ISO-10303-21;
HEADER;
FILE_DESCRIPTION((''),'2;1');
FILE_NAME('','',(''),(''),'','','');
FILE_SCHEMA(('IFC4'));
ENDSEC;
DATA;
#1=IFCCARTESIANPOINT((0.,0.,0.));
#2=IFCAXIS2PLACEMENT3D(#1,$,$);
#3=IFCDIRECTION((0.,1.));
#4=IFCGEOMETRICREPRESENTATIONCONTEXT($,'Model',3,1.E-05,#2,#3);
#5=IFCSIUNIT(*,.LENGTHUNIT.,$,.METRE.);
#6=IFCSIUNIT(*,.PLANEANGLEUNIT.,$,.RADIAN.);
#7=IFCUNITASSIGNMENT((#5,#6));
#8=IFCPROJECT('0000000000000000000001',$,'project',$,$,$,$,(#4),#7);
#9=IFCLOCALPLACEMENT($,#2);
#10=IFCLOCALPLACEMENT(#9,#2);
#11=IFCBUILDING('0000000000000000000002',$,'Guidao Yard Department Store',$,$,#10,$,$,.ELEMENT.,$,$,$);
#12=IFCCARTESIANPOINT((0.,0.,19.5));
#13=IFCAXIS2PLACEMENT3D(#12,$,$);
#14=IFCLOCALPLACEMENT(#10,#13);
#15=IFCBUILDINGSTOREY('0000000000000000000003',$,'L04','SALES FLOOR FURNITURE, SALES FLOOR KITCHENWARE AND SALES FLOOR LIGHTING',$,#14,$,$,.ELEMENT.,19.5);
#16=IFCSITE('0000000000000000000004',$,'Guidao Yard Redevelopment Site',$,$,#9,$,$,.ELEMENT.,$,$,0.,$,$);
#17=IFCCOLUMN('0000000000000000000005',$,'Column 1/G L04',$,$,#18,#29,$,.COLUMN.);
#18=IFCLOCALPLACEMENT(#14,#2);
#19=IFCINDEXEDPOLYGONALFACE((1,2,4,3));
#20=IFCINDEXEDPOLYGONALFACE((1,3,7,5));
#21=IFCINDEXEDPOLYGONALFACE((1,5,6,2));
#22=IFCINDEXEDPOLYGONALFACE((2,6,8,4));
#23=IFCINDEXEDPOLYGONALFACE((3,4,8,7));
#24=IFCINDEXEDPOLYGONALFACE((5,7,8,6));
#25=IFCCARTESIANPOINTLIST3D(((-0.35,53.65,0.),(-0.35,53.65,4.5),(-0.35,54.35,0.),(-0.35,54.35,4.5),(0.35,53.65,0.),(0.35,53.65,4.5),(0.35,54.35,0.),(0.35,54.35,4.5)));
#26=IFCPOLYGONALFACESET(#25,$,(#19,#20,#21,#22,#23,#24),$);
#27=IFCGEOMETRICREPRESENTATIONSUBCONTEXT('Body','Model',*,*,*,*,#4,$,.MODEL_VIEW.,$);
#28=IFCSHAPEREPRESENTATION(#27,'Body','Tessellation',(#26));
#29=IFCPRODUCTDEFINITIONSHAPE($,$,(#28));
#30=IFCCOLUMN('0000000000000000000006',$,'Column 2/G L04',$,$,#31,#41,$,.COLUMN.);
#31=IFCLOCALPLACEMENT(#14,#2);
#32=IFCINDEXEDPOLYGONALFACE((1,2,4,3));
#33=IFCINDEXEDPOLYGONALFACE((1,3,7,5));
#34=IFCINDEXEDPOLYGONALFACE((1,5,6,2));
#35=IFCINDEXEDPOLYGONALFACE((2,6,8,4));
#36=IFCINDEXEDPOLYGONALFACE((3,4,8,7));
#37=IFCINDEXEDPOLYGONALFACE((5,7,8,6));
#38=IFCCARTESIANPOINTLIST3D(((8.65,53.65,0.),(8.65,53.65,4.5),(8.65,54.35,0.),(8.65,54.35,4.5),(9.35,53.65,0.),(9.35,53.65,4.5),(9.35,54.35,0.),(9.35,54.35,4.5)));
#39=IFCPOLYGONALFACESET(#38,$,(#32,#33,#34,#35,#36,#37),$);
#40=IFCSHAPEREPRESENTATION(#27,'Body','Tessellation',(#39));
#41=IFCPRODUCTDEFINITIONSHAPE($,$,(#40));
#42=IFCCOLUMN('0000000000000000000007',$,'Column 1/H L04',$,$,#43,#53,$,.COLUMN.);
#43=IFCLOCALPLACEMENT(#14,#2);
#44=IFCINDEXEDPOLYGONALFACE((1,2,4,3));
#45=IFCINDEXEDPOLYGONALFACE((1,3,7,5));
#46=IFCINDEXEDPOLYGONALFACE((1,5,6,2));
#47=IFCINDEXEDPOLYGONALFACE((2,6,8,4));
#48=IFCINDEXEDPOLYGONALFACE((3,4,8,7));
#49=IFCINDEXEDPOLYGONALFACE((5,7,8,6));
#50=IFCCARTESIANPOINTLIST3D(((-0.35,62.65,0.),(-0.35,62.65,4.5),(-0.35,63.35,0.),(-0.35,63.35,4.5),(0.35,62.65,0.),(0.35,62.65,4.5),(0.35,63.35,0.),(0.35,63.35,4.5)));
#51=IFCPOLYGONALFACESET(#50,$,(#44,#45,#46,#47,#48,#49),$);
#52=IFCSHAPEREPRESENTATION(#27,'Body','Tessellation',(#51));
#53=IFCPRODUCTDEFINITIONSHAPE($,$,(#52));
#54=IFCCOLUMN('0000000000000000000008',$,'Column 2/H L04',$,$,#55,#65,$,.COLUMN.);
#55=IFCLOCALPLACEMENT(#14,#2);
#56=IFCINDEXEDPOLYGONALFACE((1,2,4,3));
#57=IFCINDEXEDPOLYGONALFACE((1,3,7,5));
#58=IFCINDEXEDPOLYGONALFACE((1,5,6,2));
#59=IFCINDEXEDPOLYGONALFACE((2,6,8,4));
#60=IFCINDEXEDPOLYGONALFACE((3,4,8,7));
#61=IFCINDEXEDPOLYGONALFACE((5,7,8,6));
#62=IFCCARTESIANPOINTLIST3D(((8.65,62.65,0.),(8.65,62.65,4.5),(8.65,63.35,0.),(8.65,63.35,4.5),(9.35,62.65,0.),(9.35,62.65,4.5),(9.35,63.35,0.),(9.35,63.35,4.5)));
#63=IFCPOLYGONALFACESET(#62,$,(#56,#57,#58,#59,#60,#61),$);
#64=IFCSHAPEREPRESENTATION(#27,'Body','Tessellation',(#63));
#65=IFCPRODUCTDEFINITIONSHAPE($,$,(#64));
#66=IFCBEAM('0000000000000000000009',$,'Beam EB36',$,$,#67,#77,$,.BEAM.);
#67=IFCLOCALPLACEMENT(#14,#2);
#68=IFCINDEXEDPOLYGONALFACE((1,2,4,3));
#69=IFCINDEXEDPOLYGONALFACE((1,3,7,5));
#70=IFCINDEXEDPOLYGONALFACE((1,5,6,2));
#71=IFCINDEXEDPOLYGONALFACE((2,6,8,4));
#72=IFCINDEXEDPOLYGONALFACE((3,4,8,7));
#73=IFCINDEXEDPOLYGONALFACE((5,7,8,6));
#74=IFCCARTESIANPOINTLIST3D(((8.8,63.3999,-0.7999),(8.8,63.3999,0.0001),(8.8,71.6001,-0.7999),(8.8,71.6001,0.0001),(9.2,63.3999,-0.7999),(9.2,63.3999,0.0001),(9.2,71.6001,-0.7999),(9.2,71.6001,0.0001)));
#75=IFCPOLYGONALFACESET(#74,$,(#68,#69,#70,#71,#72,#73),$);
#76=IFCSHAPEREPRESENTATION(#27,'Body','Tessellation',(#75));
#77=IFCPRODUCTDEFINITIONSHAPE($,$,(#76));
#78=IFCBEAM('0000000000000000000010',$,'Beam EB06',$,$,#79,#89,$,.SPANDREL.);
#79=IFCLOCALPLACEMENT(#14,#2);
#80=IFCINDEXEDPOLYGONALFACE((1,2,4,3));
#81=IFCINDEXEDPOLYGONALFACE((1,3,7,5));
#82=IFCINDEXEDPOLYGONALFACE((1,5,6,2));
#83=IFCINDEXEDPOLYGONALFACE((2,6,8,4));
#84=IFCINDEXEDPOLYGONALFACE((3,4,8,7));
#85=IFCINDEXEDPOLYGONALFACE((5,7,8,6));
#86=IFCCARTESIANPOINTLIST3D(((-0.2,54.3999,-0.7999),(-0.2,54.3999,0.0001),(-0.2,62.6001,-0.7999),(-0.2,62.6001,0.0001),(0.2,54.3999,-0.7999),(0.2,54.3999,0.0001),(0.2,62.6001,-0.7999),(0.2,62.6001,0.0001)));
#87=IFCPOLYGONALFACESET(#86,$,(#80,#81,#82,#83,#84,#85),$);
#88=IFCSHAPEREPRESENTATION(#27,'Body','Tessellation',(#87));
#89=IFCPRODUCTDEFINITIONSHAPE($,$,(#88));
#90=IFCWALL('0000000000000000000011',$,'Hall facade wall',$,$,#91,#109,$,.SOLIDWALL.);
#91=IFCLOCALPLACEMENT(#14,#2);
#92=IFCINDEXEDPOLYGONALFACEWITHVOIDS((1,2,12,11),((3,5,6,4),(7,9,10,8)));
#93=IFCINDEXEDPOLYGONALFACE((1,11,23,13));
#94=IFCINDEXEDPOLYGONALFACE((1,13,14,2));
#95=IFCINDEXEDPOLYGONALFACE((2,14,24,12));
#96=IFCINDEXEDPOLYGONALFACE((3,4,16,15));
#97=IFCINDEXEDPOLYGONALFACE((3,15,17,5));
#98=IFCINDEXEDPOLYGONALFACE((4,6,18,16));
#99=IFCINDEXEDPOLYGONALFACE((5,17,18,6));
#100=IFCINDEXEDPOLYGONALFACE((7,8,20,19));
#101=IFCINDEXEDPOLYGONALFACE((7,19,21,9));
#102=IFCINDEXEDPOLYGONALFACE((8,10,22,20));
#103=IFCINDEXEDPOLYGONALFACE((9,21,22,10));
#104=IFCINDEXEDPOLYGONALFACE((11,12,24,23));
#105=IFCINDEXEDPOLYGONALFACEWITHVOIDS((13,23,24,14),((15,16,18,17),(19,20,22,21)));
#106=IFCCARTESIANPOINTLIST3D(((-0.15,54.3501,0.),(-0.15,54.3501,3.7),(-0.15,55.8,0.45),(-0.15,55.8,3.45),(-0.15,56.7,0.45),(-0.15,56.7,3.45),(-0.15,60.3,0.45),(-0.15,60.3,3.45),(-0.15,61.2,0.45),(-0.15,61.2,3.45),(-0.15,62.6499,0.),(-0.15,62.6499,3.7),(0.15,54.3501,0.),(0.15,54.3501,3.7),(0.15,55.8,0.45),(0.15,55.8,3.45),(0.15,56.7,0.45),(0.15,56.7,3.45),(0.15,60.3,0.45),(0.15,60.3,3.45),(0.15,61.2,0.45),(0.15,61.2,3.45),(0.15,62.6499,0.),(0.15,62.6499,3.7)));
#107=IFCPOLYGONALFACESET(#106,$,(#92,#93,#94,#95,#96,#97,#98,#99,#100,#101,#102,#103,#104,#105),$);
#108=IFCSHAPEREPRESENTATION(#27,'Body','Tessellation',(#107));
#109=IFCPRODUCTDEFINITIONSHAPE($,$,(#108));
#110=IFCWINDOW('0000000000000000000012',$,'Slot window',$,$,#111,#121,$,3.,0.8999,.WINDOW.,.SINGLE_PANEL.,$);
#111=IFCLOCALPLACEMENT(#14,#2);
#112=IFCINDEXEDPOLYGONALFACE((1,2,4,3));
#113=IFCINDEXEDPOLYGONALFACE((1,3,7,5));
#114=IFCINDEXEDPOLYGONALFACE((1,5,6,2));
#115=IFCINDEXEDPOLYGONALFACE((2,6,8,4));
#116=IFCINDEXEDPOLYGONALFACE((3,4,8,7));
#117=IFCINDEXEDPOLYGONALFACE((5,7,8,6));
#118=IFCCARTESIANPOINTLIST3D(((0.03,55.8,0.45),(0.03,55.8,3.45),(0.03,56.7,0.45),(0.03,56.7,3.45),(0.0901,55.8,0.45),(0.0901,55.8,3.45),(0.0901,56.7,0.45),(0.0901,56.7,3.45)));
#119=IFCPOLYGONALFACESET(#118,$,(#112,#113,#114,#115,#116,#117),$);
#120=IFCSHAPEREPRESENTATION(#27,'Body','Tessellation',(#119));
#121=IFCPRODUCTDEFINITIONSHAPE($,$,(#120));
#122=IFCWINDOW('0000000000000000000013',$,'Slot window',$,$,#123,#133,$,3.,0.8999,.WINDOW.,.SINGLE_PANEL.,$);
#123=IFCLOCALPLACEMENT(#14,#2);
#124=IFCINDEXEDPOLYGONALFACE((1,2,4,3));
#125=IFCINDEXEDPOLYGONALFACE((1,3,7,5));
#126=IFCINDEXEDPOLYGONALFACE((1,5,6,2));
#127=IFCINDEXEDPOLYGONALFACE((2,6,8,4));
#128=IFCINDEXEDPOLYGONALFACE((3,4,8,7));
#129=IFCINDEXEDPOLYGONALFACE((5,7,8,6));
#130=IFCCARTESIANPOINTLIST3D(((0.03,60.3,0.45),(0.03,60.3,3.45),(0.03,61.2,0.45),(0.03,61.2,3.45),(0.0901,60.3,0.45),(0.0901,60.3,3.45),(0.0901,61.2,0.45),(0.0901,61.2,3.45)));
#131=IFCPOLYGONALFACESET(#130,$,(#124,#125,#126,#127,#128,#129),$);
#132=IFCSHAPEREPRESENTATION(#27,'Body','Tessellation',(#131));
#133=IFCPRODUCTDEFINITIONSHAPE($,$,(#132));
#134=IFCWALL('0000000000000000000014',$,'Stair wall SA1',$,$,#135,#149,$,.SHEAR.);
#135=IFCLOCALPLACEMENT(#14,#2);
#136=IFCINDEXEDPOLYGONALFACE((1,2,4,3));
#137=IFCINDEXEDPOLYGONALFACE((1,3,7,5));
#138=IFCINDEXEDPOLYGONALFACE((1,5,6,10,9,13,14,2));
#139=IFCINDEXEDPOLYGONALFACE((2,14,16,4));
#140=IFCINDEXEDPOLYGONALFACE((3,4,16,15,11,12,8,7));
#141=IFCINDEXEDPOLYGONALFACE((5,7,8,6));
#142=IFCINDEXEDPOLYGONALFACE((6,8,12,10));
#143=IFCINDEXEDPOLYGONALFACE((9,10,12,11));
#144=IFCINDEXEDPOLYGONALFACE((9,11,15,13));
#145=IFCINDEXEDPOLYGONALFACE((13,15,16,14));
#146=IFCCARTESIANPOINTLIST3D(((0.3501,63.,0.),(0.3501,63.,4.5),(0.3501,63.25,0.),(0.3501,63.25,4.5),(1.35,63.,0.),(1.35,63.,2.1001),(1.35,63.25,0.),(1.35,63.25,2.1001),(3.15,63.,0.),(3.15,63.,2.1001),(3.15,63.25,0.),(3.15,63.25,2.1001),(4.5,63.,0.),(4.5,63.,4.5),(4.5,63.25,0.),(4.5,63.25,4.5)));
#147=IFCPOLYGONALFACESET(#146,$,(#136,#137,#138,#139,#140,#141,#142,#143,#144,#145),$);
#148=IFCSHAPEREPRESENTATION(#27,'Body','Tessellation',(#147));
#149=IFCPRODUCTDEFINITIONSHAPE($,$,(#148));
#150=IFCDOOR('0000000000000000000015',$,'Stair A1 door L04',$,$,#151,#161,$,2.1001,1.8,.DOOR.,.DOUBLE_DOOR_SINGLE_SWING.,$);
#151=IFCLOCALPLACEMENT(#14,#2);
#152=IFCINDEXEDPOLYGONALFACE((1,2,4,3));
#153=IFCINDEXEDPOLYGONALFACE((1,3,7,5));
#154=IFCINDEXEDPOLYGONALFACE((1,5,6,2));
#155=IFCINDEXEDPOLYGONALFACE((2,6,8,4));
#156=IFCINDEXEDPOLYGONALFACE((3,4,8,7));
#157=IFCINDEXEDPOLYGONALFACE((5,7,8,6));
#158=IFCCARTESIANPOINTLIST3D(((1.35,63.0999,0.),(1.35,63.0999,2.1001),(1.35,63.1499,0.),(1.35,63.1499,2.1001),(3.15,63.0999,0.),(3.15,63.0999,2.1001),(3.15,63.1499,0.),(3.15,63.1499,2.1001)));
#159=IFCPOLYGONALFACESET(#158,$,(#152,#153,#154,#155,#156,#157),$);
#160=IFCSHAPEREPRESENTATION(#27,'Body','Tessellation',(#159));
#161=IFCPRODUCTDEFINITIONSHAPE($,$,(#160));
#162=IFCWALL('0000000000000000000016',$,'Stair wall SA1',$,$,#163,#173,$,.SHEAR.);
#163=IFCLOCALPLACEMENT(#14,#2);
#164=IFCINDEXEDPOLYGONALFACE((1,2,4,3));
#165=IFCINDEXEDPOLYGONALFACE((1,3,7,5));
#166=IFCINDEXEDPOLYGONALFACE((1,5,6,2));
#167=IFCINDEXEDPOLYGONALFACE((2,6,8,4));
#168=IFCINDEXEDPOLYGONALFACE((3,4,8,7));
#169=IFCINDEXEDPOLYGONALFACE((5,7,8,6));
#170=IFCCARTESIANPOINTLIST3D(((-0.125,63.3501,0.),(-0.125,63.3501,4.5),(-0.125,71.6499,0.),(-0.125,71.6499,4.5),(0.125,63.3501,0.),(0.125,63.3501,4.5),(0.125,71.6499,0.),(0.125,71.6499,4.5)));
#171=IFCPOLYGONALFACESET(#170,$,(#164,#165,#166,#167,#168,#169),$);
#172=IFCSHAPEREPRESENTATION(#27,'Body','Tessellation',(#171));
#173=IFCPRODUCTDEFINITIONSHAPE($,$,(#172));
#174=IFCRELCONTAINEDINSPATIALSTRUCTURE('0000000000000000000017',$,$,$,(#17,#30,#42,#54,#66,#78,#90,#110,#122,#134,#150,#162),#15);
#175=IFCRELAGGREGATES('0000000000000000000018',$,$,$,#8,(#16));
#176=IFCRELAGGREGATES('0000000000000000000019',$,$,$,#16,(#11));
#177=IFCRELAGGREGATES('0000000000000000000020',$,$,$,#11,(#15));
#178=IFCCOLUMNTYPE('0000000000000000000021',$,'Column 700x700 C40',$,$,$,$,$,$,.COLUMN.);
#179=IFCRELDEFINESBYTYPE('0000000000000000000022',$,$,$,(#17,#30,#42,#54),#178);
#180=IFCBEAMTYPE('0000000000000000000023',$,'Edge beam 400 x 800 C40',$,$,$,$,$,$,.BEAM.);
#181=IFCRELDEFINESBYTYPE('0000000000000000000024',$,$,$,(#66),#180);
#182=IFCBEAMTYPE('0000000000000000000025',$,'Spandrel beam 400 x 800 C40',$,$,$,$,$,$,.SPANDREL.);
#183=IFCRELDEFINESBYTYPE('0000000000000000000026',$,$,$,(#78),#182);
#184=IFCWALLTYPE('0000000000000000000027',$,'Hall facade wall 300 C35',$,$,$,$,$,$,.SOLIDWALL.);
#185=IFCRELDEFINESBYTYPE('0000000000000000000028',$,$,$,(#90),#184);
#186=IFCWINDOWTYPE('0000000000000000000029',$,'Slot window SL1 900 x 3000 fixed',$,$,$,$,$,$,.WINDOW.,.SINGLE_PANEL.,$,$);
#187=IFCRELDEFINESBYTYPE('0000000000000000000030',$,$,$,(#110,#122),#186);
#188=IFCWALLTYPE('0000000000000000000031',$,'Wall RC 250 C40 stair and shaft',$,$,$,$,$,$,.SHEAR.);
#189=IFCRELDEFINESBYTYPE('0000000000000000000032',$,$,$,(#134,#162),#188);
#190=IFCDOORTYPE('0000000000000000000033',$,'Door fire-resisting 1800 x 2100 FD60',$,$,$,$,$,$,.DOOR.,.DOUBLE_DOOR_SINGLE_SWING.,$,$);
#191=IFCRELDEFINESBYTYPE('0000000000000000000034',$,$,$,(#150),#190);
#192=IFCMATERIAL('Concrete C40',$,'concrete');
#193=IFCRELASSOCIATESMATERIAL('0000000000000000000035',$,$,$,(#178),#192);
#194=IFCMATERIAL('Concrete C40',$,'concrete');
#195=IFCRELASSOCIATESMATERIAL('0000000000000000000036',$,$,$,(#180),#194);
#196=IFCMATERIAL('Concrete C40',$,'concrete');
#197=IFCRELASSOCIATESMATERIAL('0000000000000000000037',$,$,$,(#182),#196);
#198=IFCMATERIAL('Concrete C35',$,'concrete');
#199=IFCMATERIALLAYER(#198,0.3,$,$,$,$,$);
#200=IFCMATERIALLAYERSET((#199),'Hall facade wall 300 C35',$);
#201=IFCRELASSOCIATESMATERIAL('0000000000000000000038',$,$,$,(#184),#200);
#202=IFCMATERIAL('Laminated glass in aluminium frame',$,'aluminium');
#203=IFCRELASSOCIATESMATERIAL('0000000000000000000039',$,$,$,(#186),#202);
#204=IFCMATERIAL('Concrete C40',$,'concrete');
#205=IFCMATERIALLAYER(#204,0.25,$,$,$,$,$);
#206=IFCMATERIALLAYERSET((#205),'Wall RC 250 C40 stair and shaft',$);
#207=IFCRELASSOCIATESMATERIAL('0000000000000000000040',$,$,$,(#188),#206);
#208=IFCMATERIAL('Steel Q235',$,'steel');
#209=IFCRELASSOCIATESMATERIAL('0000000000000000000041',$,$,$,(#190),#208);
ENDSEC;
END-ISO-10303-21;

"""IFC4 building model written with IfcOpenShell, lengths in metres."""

from ifc_helpers import new_model, si_unit, direction, frame, frame_2d, origin, origin_2d, place, context, subcontext, project, spatial, rectangle, extrude, material, layer, layer_set, material_profile, profile_set, type_object, element, fill, save


model = new_model("IFC4")

# Units and contexts
model_context = context("Model", 3, precision=1e-05, world=origin(), true_north=direction((0.0, 1.0)))
body_context = subcontext(model_context, "Body", "Model", "MODEL_VIEW")
ifc_project = project(units=[si_unit("LENGTHUNIT", "METRE"), si_unit("PLANEANGLEUNIT", "RADIAN")], contexts=[model_context])

# Site, building, storey
site_placement = place(None, origin())
site = spatial("IfcSite", under=ifc_project, at=site_placement, Name="Guidao Yard Redevelopment Site", CompositionType="ELEMENT", RefElevation=0.0)
building_placement = place(site_placement, origin())
building = spatial("IfcBuilding", under=site, at=building_placement, Name="Guidao Yard Department Store", CompositionType="ELEMENT")
storey_placement = place(building_placement, frame((0.0, 0.0, 19.5)))
storey = spatial("IfcBuildingStorey", under=building, at=storey_placement, Name="L04", Description="SALES FLOOR FURNITURE, SALES FLOOR KITCHENWARE AND SALES FLOOR LIGHTING", CompositionType="ELEMENT", Elevation=19.5)

# Columns
ifc_material_1 = material(Name="Concrete C40", Category="concrete")
ifc_material_profile_1 = material_profile(ifc_material_1, rectangle(XDim=0.7, YDim=0.7, at=origin_2d()), Name="COL 700x700")
ifc_profile_set_1 = profile_set([ifc_material_profile_1], Name="Concrete C40")
column_type = type_object("IfcColumnType", Name="Column 700x700 C40", PredefinedType="COLUMN", material=ifc_profile_set_1)
for number, where, z_axis, x_axis, name in (
    (1, (0.0, 54.0, 0.0), (0.0, 0.0, 1.0), (1.0, 0.0, 0.0), "Column 1/G L04"),
    (2, (9.0, 54.0, 0.0), (0.0, 0.0, 1.0), (1.0, 0.0, 0.0), "Column 2/G L04"),
    (3, (0.0, 63.0, 0.0), (0.0, 0.0, 1.0), (1.0, 0.0, 0.0), "Column 1/H L04"),
    (4, (9.0, 63.0, 0.0), (0.0, 0.0, 1.0), (1.0, 0.0, 0.0), "Column 2/H L04"),
):
    element("IfcColumn", number, at=place(storey_placement, frame(where, z_axis=z_axis, x_axis=x_axis)), inside=storey, type_object=column_type, Name=name, PredefinedType="COLUMN", context=body_context, shape_type="SweptSolid", body=[
        extrude(rectangle(XDim=0.7, YDim=0.7, at=origin_2d()), origin(), (0.0, 0.0, 1.0), 4.5),
    ])

# Beams
ifc_material_2 = material(Name="Concrete C40", Category="concrete")
ifc_material_profile_2 = material_profile(ifc_material_2, rectangle(XDim=0.3999, YDim=0.8, at=origin_2d()), Name="Edge beam 400 x 800 C40")
ifc_profile_set_2 = profile_set([ifc_material_profile_2], Name="Concrete C40")
beam_type_1 = type_object("IfcBeamType", Name="Edge beam 400 x 800 C40", PredefinedType="BEAM", material=ifc_profile_set_2)
beam_1_placement = place(storey_placement, frame((9.0, 63.3999, -0.3999), z_axis=(0.0, 1.0, 0.0), x_axis=(-1.0, 0.0, 0.0)))
element("IfcBeam", 5, at=beam_1_placement, inside=storey, type_object=beam_type_1, Name="Beam EB36", PredefinedType="BEAM", context=body_context, shape_type="SweptSolid", body=[
    extrude(rectangle(XDim=0.3999, YDim=0.8, at=origin_2d()), origin(), (0.0, 0.0, 1.0), 8.2002),
])
ifc_material_3 = material(Name="Concrete C40", Category="concrete")
ifc_material_profile_3 = material_profile(ifc_material_3, rectangle(XDim=0.3999, YDim=0.8, at=origin_2d()), Name="Spandrel beam 400 x 800 C40")
ifc_profile_set_3 = profile_set([ifc_material_profile_3], Name="Concrete C40")
beam_type_2 = type_object("IfcBeamType", Name="Spandrel beam 400 x 800 C40", PredefinedType="SPANDREL", material=ifc_profile_set_3)
beam_2_placement = place(storey_placement, frame((0.0, 54.3999, -0.3999), z_axis=(0.0, 1.0, 0.0), x_axis=(-1.0, 0.0, 0.0)))
element("IfcBeam", 6, at=beam_2_placement, inside=storey, type_object=beam_type_2, Name="Beam EB06", PredefinedType="SPANDREL", context=body_context, shape_type="SweptSolid", body=[
    extrude(rectangle(XDim=0.3999, YDim=0.8, at=origin_2d()), origin(), (0.0, 0.0, 1.0), 8.2002),
])

# Wall, openings, windows
ifc_material_4 = material(Name="Concrete C35", Category="concrete")
ifc_layer_1 = layer(ifc_material_4, 0.3)
ifc_layer_set_1 = layer_set([ifc_layer_1], Name="Hall facade wall 300 C35")
wall_type_1 = type_object("IfcWallType", Name="Hall facade wall 300 C35", PredefinedType="SOLIDWALL", material=ifc_layer_set_1)
wall_1_placement = place(storey_placement, frame((0.0, 54.3501, 0.0), z_axis=(0.0, 0.0, 1.0), x_axis=(0.0, 1.0, 0.0)))
wall_1 = element("IfcWall", 7, at=wall_1_placement, inside=storey, type_object=wall_type_1, Name="Hall facade wall", PredefinedType="SOLIDWALL", context=body_context, shape_type="SweptSolid", body=[
    extrude(rectangle(XDim=8.2998, YDim=0.3, at=frame_2d((4.1499, 0.0))), origin(), (0.0, 0.0, 1.0), 3.7),
])
opening_1_placement = place(wall_1_placement, frame((1.45, 0.0, 0.45)))
opening_1 = element("IfcOpeningElement", 8, at=opening_1_placement, cuts=wall_1, PredefinedType="OPENING", context=body_context, shape_type="SweptSolid", body=[
    extrude(rectangle(XDim=0.8999, YDim=3.0, at=frame_2d((0.45, 1.5))), frame((0.0, 0.1599, 0.0), z_axis=(0.0, -1.0, 0.0), x_axis=(1.0, 0.0, 0.0)), (0.0, 0.0, 1.0), 0.3201),
])
opening_2_placement = place(wall_1_placement, frame((5.95, 0.0, 0.45)))
opening_2 = element("IfcOpeningElement", 9, at=opening_2_placement, cuts=wall_1, PredefinedType="OPENING", context=body_context, shape_type="SweptSolid", body=[
    extrude(rectangle(XDim=0.8999, YDim=3.0, at=frame_2d((0.45, 1.5))), frame((0.0, 0.1599, 0.0), z_axis=(0.0, -1.0, 0.0), x_axis=(1.0, 0.0, 0.0)), (0.0, 0.0, 1.0), 0.3201),
])
ifc_material_5 = material(Name="Laminated glass in aluminium frame", Category="aluminium")
window_type = type_object("IfcWindowType", Name="Slot window SL1 900 x 3000 fixed", PartitioningType="SINGLE_PANEL", PredefinedType="WINDOW", material=ifc_material_5)
window_1_placement = place(opening_1_placement, origin())
window_1 = element("IfcWindow", 10, at=window_1_placement, inside=storey, type_object=window_type, Name="Slot window", OverallHeight=3.0, OverallWidth=0.8999, PartitioningType="SINGLE_PANEL", PredefinedType="WINDOW", context=body_context, shape_type="SweptSolid", body=[
    extrude(rectangle(XDim=0.8999, YDim=3.0, at=frame_2d((0.45, 1.5))), frame((0.0, -0.03, 0.0), z_axis=(0.0, -1.0, 0.0), x_axis=(1.0, 0.0, 0.0)), (0.0, 0.0, 1.0), 0.0601),
])
fill(opening_1, window_1)
window_2_placement = place(opening_2_placement, origin())
window_2 = element("IfcWindow", 11, at=window_2_placement, inside=storey, type_object=window_type, Name="Slot window", OverallHeight=3.0, OverallWidth=0.8999, PartitioningType="SINGLE_PANEL", PredefinedType="WINDOW", context=body_context, shape_type="SweptSolid", body=[
    extrude(rectangle(XDim=0.8999, YDim=3.0, at=frame_2d((0.45, 1.5))), frame((0.0, -0.03, 0.0), z_axis=(0.0, -1.0, 0.0), x_axis=(1.0, 0.0, 0.0)), (0.0, 0.0, 1.0), 0.0601),
])
fill(opening_2, window_2)

# Wall, opening, door
ifc_material_6 = material(Name="Concrete C40", Category="concrete")
ifc_layer_2 = layer(ifc_material_6, 0.25)
ifc_layer_set_2 = layer_set([ifc_layer_2], Name="Wall RC 250 C40 stair and shaft")
wall_type_2 = type_object("IfcWallType", Name="Wall RC 250 C40 stair and shaft", PredefinedType="SHEAR", material=ifc_layer_set_2)
wall_2_placement = place(storey_placement, frame((0.3501, 63.125, 0.0), z_axis=(0.0, 0.0, 1.0), x_axis=(1.0, 0.0, 0.0)))
wall_2 = element("IfcWall", 12, at=wall_2_placement, inside=storey, type_object=wall_type_2, Name="Stair wall SA1", PredefinedType="SHEAR", context=body_context, shape_type="SweptSolid", body=[
    extrude(rectangle(XDim=4.1499, YDim=0.25, at=frame_2d((2.075, 0.0))), origin(), (0.0, 0.0, 1.0), 4.5),
])
opening_3_placement = place(wall_2_placement, frame((1.0, 0.0, 0.0)))
opening_3 = element("IfcOpeningElement", 13, at=opening_3_placement, cuts=wall_2, PredefinedType="OPENING", context=body_context, shape_type="SweptSolid", body=[
    extrude(rectangle(XDim=1.8, YDim=2.1001, at=frame_2d((0.8999, 1.05))), frame((0.0, 0.135, 0.0), z_axis=(0.0, -1.0, 0.0), x_axis=(1.0, 0.0, 0.0)), (0.0, 0.0, 1.0), 0.27),
])
ifc_material_7 = material(Name="Steel Q235", Category="steel")
door_type = type_object("IfcDoorType", Name="Door fire-resisting 1800 x 2100 FD60", OperationType="DOUBLE_DOOR_SINGLE_SWING", PredefinedType="DOOR", material=ifc_material_7)
door_1_placement = place(opening_3_placement, origin())
door_1 = element("IfcDoor", 14, at=door_1_placement, inside=storey, type_object=door_type, Name="Stair A1 door L04", OperationType="DOUBLE_DOOR_SINGLE_SWING", OverallHeight=2.1001, OverallWidth=1.8, PredefinedType="DOOR", context=body_context, shape_type="SweptSolid", body=[
    extrude(rectangle(XDim=1.8, YDim=2.1001, at=frame_2d((0.8999, 1.05))), frame((0.0, 0.0249, 0.0), z_axis=(0.0, -1.0, 0.0), x_axis=(1.0, 0.0, 0.0)), (0.0, 0.0, 1.0), 0.05),
])
fill(opening_3, door_1)

# Wall
wall_3_placement = place(storey_placement, frame((0.0, 63.3501, 0.0), z_axis=(0.0, 0.0, 1.0), x_axis=(0.0, 1.0, 0.0)))
element("IfcWall", 15, at=wall_3_placement, inside=storey, type_object=wall_type_2, Name="Stair wall SA1", PredefinedType="SHEAR", context=body_context, shape_type="SweptSolid", body=[
    extrude(rectangle(XDim=8.2998, YDim=0.25, at=frame_2d((4.1499, 0.0))), origin(), (0.0, 0.0, 1.0), 4.5),
])

save(model, "model.ifc")
